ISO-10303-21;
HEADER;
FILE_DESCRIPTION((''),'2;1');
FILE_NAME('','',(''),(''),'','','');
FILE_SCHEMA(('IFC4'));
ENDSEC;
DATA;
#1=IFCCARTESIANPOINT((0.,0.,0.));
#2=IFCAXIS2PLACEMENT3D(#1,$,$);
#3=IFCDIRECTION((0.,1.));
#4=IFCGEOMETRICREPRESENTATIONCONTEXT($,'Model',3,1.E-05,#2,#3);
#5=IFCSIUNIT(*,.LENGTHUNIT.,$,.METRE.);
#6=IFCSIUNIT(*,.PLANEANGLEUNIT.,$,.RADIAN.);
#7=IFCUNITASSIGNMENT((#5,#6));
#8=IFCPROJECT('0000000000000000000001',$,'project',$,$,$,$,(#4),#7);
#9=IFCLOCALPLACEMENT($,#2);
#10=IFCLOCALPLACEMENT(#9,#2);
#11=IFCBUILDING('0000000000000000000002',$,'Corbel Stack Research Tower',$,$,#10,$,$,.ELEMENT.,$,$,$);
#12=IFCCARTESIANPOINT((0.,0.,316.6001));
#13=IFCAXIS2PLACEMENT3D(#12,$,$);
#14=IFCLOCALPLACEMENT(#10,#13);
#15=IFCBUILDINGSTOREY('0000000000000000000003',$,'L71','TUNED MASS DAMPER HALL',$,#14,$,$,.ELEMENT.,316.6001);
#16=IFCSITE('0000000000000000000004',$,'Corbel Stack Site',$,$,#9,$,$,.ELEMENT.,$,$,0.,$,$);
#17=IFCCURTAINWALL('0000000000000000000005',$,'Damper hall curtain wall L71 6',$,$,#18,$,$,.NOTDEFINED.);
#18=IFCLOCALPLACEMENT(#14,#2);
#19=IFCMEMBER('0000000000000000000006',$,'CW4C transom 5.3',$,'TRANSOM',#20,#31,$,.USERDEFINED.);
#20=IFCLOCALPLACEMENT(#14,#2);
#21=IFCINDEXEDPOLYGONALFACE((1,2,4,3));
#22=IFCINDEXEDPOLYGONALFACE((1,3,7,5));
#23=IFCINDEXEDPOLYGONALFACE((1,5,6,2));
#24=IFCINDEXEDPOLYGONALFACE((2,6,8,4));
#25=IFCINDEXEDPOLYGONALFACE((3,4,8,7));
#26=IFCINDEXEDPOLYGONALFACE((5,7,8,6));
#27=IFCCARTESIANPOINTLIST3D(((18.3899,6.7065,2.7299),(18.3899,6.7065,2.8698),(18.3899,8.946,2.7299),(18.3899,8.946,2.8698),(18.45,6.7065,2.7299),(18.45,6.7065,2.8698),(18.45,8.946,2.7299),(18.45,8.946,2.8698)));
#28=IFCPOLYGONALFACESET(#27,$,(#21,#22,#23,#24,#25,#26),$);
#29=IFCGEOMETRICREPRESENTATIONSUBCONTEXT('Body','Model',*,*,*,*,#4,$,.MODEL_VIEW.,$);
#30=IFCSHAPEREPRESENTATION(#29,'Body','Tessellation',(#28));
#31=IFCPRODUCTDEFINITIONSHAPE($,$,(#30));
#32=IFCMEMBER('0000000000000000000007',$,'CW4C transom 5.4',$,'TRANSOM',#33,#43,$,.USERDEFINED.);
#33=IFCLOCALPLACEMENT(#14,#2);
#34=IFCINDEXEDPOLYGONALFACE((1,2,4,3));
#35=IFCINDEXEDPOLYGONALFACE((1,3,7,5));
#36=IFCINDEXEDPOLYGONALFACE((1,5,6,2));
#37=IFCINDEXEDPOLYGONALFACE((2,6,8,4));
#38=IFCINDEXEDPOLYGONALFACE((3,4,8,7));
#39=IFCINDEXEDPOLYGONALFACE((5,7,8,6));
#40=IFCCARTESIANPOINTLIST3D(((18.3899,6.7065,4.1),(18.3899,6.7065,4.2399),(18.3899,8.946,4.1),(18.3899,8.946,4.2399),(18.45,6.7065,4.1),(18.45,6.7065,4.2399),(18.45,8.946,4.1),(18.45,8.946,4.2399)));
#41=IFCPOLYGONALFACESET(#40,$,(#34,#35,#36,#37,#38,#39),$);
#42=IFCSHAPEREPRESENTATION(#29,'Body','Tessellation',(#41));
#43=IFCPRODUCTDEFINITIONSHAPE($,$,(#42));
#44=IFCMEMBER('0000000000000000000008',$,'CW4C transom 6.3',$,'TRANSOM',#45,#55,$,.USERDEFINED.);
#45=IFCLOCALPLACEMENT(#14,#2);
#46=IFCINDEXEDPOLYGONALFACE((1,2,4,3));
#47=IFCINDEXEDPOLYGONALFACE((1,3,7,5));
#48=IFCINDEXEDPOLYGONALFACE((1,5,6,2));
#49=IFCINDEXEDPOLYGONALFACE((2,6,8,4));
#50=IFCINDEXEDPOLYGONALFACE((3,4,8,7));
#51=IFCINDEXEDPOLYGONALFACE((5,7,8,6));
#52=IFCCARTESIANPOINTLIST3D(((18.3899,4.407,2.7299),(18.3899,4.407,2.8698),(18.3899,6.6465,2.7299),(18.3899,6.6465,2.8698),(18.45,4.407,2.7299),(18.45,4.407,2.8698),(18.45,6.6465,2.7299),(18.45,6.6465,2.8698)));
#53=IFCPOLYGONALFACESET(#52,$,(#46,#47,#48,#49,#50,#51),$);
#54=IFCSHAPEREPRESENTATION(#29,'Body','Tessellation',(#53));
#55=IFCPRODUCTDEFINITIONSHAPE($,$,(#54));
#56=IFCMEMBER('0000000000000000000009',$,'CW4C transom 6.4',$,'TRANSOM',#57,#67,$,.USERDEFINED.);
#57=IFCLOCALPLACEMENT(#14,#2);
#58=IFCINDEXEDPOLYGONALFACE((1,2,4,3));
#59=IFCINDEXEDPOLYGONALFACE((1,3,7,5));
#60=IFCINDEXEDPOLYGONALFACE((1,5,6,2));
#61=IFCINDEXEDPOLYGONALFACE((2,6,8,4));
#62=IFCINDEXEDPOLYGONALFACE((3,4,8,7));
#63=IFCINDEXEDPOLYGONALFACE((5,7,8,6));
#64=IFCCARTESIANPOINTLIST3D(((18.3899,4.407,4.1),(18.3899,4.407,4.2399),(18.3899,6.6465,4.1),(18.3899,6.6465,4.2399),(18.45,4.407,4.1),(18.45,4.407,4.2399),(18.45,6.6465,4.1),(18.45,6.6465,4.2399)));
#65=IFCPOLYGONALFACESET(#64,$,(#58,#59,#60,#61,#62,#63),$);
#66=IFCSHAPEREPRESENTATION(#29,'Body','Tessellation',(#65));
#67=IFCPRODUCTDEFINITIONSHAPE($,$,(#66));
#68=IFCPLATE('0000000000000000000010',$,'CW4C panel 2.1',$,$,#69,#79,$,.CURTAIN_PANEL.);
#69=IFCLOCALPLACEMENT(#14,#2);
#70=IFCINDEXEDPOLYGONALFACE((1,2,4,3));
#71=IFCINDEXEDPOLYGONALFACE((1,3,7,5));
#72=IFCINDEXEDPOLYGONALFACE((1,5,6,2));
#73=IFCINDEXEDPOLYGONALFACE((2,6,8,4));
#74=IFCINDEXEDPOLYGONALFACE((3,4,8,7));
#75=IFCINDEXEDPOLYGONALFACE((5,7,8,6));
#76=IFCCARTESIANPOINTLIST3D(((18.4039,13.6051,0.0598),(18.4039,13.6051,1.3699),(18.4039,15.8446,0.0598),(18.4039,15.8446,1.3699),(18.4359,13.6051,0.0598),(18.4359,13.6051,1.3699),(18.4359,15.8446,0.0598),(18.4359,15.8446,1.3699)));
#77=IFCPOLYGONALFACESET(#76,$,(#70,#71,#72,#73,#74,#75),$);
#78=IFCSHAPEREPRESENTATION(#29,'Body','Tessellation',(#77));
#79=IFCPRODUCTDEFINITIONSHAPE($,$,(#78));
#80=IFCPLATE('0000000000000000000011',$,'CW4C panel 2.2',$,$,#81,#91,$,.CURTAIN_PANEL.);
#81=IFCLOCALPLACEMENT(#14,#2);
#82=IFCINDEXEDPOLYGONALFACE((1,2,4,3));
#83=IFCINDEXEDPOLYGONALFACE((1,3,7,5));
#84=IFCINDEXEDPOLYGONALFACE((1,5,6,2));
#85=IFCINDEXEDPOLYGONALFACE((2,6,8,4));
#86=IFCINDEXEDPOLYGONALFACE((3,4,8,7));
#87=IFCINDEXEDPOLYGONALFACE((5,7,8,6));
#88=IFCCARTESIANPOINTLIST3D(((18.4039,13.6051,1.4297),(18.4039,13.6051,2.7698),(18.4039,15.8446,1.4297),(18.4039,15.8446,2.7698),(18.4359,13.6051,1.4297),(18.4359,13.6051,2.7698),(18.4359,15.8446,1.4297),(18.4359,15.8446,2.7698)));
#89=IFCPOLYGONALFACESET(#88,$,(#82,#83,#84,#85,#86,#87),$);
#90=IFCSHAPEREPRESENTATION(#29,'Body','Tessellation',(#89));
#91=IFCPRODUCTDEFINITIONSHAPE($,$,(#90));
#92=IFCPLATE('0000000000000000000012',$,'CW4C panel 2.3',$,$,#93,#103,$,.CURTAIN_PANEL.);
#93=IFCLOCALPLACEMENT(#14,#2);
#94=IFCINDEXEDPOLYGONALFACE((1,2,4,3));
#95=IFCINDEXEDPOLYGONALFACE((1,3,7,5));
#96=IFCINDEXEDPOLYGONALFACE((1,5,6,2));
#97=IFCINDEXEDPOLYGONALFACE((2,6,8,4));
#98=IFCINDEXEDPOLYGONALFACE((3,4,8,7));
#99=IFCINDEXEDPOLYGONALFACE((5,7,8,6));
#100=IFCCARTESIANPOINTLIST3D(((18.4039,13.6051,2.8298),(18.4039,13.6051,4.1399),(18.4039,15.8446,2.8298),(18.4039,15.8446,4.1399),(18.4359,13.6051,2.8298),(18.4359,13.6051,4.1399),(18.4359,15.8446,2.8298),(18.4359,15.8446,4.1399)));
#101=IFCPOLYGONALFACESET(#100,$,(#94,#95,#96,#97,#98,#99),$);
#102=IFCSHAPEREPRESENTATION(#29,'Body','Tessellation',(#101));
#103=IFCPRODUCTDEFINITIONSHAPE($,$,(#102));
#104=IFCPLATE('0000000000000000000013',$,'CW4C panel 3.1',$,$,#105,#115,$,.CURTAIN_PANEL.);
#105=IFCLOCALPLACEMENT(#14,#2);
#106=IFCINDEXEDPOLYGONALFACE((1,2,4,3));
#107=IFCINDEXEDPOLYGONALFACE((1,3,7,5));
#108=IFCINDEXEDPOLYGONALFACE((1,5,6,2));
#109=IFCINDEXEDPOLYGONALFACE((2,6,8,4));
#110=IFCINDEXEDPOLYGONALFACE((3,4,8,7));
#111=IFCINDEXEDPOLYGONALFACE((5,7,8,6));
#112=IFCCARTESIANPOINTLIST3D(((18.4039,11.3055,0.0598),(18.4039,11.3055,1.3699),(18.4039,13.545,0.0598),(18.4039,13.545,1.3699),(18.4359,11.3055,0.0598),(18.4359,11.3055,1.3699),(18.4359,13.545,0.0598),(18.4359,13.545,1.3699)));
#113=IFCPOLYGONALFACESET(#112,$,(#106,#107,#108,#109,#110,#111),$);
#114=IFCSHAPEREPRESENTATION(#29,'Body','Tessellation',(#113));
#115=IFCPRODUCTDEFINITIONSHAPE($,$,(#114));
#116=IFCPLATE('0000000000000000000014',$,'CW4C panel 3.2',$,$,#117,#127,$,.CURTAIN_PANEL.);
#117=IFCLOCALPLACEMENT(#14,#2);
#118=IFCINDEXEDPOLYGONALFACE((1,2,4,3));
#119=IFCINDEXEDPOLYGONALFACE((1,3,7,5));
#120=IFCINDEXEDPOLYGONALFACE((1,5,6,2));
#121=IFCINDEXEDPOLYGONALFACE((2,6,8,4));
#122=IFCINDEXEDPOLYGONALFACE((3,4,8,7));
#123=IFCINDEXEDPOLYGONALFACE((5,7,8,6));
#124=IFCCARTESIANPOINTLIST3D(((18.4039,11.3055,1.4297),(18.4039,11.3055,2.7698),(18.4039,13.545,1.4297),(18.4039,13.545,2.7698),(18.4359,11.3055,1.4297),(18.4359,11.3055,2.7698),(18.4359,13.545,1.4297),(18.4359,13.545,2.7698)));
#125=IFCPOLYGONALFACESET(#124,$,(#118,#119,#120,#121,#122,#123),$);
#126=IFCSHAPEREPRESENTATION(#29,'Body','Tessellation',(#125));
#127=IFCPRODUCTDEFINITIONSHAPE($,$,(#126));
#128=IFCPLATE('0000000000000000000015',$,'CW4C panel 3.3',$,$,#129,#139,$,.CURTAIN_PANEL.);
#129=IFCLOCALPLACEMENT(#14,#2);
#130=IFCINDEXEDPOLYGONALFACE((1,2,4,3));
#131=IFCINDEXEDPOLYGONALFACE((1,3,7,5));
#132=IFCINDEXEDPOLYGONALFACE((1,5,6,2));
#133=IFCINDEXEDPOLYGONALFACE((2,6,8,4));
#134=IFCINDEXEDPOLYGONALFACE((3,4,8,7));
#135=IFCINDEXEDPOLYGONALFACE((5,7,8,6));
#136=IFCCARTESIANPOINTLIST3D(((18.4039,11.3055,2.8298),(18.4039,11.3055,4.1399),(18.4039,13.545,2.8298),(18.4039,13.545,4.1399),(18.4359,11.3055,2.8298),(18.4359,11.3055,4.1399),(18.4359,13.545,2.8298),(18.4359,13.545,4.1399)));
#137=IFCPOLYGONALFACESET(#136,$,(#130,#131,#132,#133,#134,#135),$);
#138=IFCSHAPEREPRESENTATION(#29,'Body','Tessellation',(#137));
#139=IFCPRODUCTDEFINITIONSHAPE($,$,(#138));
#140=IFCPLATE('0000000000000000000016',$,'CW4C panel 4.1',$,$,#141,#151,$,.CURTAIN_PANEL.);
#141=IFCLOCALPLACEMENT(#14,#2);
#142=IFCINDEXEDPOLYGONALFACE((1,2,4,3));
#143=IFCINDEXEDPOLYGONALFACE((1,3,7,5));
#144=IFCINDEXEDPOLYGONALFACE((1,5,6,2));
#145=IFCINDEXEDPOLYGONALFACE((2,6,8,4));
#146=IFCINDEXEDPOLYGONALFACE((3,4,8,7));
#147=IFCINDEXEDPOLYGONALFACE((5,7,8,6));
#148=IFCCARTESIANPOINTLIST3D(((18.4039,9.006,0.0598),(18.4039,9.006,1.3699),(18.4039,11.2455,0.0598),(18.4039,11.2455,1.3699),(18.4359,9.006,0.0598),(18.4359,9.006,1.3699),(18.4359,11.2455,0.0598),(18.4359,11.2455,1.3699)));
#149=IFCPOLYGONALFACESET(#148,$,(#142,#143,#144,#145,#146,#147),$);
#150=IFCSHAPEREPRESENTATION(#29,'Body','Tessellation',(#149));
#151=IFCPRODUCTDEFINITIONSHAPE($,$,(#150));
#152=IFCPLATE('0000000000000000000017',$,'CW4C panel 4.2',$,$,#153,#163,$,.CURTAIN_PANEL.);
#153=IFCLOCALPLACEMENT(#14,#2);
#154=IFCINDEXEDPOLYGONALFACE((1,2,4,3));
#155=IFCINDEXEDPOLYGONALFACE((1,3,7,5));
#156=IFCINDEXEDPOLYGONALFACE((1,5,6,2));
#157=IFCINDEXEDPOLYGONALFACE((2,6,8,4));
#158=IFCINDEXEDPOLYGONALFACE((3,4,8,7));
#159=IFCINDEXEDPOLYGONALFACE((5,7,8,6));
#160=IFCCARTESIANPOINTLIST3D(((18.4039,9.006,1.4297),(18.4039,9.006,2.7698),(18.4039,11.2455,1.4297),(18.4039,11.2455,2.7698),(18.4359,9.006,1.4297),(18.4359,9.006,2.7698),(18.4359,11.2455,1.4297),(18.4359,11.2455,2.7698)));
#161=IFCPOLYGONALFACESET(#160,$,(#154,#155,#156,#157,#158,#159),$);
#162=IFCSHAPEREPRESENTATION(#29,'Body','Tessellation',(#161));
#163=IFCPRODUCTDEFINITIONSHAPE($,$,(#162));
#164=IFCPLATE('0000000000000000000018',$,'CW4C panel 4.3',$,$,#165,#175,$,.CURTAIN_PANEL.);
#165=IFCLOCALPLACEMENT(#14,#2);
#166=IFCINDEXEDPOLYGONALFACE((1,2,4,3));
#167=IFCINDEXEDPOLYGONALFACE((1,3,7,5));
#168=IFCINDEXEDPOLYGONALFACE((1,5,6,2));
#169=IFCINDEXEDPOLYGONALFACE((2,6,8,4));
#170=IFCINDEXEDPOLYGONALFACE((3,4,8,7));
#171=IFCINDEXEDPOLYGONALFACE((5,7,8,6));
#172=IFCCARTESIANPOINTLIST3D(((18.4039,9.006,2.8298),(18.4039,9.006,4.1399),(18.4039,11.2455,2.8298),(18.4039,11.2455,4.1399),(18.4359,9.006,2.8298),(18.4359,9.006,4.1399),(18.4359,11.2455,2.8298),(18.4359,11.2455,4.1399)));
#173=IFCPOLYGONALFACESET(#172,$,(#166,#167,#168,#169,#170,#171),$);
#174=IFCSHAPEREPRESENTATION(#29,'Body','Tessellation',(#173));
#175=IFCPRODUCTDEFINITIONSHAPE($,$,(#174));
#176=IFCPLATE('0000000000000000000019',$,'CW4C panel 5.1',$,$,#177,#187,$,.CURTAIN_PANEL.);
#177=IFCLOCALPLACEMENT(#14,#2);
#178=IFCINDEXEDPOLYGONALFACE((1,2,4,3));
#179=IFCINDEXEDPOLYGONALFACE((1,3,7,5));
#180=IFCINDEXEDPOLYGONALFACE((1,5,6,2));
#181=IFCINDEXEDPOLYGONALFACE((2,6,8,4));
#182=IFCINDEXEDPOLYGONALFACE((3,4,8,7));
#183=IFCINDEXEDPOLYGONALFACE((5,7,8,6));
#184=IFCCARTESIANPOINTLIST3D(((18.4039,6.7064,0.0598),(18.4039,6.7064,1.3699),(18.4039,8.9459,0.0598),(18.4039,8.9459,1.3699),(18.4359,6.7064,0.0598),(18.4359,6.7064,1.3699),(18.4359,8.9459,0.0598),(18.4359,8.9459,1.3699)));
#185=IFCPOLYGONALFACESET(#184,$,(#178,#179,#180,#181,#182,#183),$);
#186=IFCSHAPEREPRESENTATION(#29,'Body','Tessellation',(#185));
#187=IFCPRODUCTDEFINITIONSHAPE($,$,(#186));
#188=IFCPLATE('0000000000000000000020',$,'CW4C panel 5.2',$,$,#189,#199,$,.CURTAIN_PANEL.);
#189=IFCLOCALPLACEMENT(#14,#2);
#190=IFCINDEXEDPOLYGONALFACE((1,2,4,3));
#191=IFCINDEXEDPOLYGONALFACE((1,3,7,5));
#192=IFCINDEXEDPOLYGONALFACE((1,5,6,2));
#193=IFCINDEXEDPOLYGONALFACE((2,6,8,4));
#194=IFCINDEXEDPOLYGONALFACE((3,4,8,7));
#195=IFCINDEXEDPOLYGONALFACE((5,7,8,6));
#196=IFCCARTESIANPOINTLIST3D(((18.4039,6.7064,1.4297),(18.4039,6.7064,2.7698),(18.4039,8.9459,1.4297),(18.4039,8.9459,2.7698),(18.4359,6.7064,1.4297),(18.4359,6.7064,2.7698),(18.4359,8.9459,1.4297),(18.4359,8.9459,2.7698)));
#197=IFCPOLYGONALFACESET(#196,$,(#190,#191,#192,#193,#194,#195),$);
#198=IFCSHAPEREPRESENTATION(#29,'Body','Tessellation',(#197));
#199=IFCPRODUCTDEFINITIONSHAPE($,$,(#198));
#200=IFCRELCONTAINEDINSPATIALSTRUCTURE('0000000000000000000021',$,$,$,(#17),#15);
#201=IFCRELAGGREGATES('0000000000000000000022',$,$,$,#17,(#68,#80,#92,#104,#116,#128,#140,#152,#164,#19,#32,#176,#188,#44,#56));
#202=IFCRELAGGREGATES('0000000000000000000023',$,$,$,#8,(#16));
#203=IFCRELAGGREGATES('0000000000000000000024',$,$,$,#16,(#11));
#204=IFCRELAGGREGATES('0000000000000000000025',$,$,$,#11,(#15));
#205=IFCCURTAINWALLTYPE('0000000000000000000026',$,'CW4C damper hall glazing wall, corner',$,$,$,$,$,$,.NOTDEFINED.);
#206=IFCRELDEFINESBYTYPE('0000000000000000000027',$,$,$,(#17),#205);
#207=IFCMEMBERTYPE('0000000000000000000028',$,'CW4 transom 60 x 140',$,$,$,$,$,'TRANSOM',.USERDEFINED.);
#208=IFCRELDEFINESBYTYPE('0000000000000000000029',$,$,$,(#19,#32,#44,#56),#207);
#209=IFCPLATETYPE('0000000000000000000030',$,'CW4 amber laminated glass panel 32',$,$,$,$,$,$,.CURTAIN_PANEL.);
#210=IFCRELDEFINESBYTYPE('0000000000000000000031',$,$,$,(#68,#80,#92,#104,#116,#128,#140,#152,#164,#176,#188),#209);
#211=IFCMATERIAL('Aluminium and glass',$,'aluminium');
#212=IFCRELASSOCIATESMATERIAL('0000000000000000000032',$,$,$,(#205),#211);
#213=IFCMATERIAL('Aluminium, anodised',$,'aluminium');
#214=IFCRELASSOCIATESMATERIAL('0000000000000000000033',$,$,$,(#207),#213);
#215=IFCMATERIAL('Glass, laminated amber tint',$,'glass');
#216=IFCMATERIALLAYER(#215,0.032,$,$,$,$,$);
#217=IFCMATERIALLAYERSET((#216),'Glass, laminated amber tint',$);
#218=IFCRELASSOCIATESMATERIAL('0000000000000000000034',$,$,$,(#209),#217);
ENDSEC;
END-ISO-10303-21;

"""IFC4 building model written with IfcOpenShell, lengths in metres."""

from ifc_helpers import new_model, si_unit, direction, frame, origin, origin_2d, place, context, subcontext, project, spatial, rectangle, extrude, material, layer, layer_set, material_profile, profile_set, type_object, element, aggregate, save


model = new_model("IFC4")

# Units and contexts
model_context = context("Model", 3, precision=1e-05, world=origin(), true_north=direction((0.0, 1.0)))
body_context = subcontext(model_context, "Body", "Model", "MODEL_VIEW")
ifc_project = project(units=[si_unit("LENGTHUNIT", "METRE"), si_unit("PLANEANGLEUNIT", "RADIAN")], contexts=[model_context])

# Site, building, storey
site_placement = place(None, origin())
site = spatial("IfcSite", under=ifc_project, at=site_placement, Name="Corbel Stack Site", CompositionType="ELEMENT", RefElevation=0.0)
building_placement = place(site_placement, origin())
building = spatial("IfcBuilding", under=site, at=building_placement, Name="Corbel Stack Research Tower", CompositionType="ELEMENT")
storey_placement = place(building_placement, frame((0.0, 0.0, 316.6001)))
storey = spatial("IfcBuildingStorey", under=building, at=storey_placement, Name="L71", Description="TUNED MASS DAMPER HALL", CompositionType="ELEMENT", Elevation=316.6001)

# Curtain wall, members, plates
ifc_material_1 = material(Name="Aluminium and glass", Category="aluminium")
curtain_wall_type = type_object("IfcCurtainWallType", Name="CW4C damper hall glazing wall, corner", PredefinedType="NOTDEFINED", material=ifc_material_1)
curtain_wall_placement = place(storey_placement, origin())
curtain_wall = element("IfcCurtainWall", 1, at=curtain_wall_placement, inside=storey, type_object=curtain_wall_type, Name="Damper hall curtain wall L71 6", PredefinedType="NOTDEFINED")
ifc_material_2 = material(Name="Aluminium, anodised", Category="aluminium")
ifc_material_profile_1 = material_profile(ifc_material_2, rectangle(XDim=0.0601, YDim=0.1399, at=origin_2d()), Name="CW4 transom 60 x 140")
ifc_profile_set_1 = profile_set([ifc_material_profile_1], Name="Aluminium, anodised")
member_type_1 = type_object("IfcMemberType", Name="CW4 transom 60 x 140", ElementType="TRANSOM", PredefinedType="USERDEFINED", material=ifc_profile_set_1)
member_1_placement = place(storey_placement, frame((18.4199, 8.946, 2.7998), z_axis=(0.0, -1.0, 0.0), x_axis=(1.0, 0.0, 0.0)))
member_1 = element("IfcMember", 2, at=member_1_placement, type_object=member_type_1, Name="CW4C transom 5.3", ObjectType="TRANSOM", PredefinedType="USERDEFINED", context=body_context, shape_type="SweptSolid", body=[
    extrude(rectangle(XDim=0.0601, YDim=0.1399, at=origin_2d()), origin(), (0.0, 0.0, 1.0), 2.2395),
])
member_2_placement = place(storey_placement, frame((18.4199, 8.946, 4.1699), z_axis=(0.0, -1.0, 0.0), x_axis=(1.0, 0.0, 0.0)))
member_2 = element("IfcMember", 3, at=member_2_placement, type_object=member_type_1, Name="CW4C transom 5.4", ObjectType="TRANSOM", PredefinedType="USERDEFINED", context=body_context, shape_type="SweptSolid", body=[
    extrude(rectangle(XDim=0.0601, YDim=0.1399, at=origin_2d()), origin(), (0.0, 0.0, 1.0), 2.2395),
])
member_3_placement = place(storey_placement, frame((18.4199, 6.6465, 2.7998), z_axis=(0.0, -1.0, 0.0), x_axis=(1.0, 0.0, 0.0)))
member_3 = element("IfcMember", 4, at=member_3_placement, type_object=member_type_1, Name="CW4C transom 6.3", ObjectType="TRANSOM", PredefinedType="USERDEFINED", context=body_context, shape_type="SweptSolid", body=[
    extrude(rectangle(XDim=0.0601, YDim=0.1399, at=origin_2d()), origin(), (0.0, 0.0, 1.0), 2.2395),
])
member_4_placement = place(storey_placement, frame((18.4199, 6.6465, 4.1699), z_axis=(0.0, -1.0, 0.0), x_axis=(1.0, 0.0, 0.0)))
member_4 = element("IfcMember", 5, at=member_4_placement, type_object=member_type_1, Name="CW4C transom 6.4", ObjectType="TRANSOM", PredefinedType="USERDEFINED", context=body_context, shape_type="SweptSolid", body=[
    extrude(rectangle(XDim=0.0601, YDim=0.1399, at=origin_2d()), origin(), (0.0, 0.0, 1.0), 2.2395),
])
ifc_material_3 = material(Name="Glass, laminated amber tint", Category="glass")
ifc_layer_1 = layer(ifc_material_3, 0.032)
ifc_layer_set_1 = layer_set([ifc_layer_1], Name="Glass, laminated amber tint")
plate_type = type_object("IfcPlateType", Name="CW4 amber laminated glass panel 32", PredefinedType="CURTAIN_PANEL", material=ifc_layer_set_1)
plate_1_placement = place(storey_placement, frame((18.4199, 14.7249, 0.0598), z_axis=(0.0, 0.0, 1.0), x_axis=(0.0, -1.0, 0.0)))
plate_1 = element("IfcPlate", 6, at=plate_1_placement, type_object=plate_type, Name="CW4C panel 2.1", PredefinedType="CURTAIN_PANEL", context=body_context, shape_type="SweptSolid", body=[
    extrude(rectangle(XDim=2.2395, YDim=0.032, at=origin_2d()), origin(), (0.0, 0.0, 1.0), 1.3101),
])
plate_2_placement = place(storey_placement, frame((18.4199, 14.7249, 1.4297), z_axis=(0.0, 0.0, 1.0), x_axis=(0.0, -1.0, 0.0)))
plate_2 = element("IfcPlate", 7, at=plate_2_placement, type_object=plate_type, Name="CW4C panel 2.2", PredefinedType="CURTAIN_PANEL", context=body_context, shape_type="SweptSolid", body=[
    extrude(rectangle(XDim=2.2395, YDim=0.032, at=origin_2d()), origin(), (0.0, 0.0, 1.0), 1.3401),
])
plate_3_placement = place(storey_placement, frame((18.4199, 14.7249, 2.8298), z_axis=(0.0, 0.0, 1.0), x_axis=(0.0, -1.0, 0.0)))
plate_3 = element("IfcPlate", 8, at=plate_3_placement, type_object=plate_type, Name="CW4C panel 2.3", PredefinedType="CURTAIN_PANEL", context=body_context, shape_type="SweptSolid", body=[
    extrude(rectangle(XDim=2.2395, YDim=0.032, at=origin_2d()), origin(), (0.0, 0.0, 1.0), 1.3101),
])
plate_4_placement = place(storey_placement, frame((18.4199, 12.4253, 0.0598), z_axis=(0.0, 0.0, 1.0), x_axis=(0.0, -1.0, 0.0)))
plate_4 = element("IfcPlate", 9, at=plate_4_placement, type_object=plate_type, Name="CW4C panel 3.1", PredefinedType="CURTAIN_PANEL", context=body_context, shape_type="SweptSolid", body=[
    extrude(rectangle(XDim=2.2395, YDim=0.032, at=origin_2d()), origin(), (0.0, 0.0, 1.0), 1.3101),
])
plate_5_placement = place(storey_placement, frame((18.4199, 12.4253, 1.4297), z_axis=(0.0, 0.0, 1.0), x_axis=(0.0, -1.0, 0.0)))
plate_5 = element("IfcPlate", 10, at=plate_5_placement, type_object=plate_type, Name="CW4C panel 3.2", PredefinedType="CURTAIN_PANEL", context=body_context, shape_type="SweptSolid", body=[
    extrude(rectangle(XDim=2.2395, YDim=0.032, at=origin_2d()), origin(), (0.0, 0.0, 1.0), 1.3401),
])
plate_6_placement = place(storey_placement, frame((18.4199, 12.4253, 2.8298), z_axis=(0.0, 0.0, 1.0), x_axis=(0.0, -1.0, 0.0)))
plate_6 = element("IfcPlate", 11, at=plate_6_placement, type_object=plate_type, Name="CW4C panel 3.3", PredefinedType="CURTAIN_PANEL", context=body_context, shape_type="SweptSolid", body=[
    extrude(rectangle(XDim=2.2395, YDim=0.032, at=origin_2d()), origin(), (0.0, 0.0, 1.0), 1.3101),
])
plate_7_placement = place(storey_placement, frame((18.4199, 10.1257, 0.0598), z_axis=(0.0, 0.0, 1.0), x_axis=(0.0, -1.0, 0.0)))
plate_7 = element("IfcPlate", 12, at=plate_7_placement, type_object=plate_type, Name="CW4C panel 4.1", PredefinedType="CURTAIN_PANEL", context=body_context, shape_type="SweptSolid", body=[
    extrude(rectangle(XDim=2.2395, YDim=0.032, at=origin_2d()), origin(), (0.0, 0.0, 1.0), 1.3101),
])
plate_8_placement = place(storey_placement, frame((18.4199, 10.1257, 1.4297), z_axis=(0.0, 0.0, 1.0), x_axis=(0.0, -1.0, 0.0)))
plate_8 = element("IfcPlate", 13, at=plate_8_placement, type_object=plate_type, Name="CW4C panel 4.2", PredefinedType="CURTAIN_PANEL", context=body_context, shape_type="SweptSolid", body=[
    extrude(rectangle(XDim=2.2395, YDim=0.032, at=origin_2d()), origin(), (0.0, 0.0, 1.0), 1.3401),
])
plate_9_placement = place(storey_placement, frame((18.4199, 10.1257, 2.8298), z_axis=(0.0, 0.0, 1.0), x_axis=(0.0, -1.0, 0.0)))
plate_9 = element("IfcPlate", 14, at=plate_9_placement, type_object=plate_type, Name="CW4C panel 4.3", PredefinedType="CURTAIN_PANEL", context=body_context, shape_type="SweptSolid", body=[
    extrude(rectangle(XDim=2.2395, YDim=0.032, at=origin_2d()), origin(), (0.0, 0.0, 1.0), 1.3101),
])
plate_10_placement = place(storey_placement, frame((18.4199, 7.8262, 0.0598), z_axis=(0.0, 0.0, 1.0), x_axis=(0.0, -1.0, 0.0)))
plate_10 = element("IfcPlate", 15, at=plate_10_placement, type_object=plate_type, Name="CW4C panel 5.1", PredefinedType="CURTAIN_PANEL", context=body_context, shape_type="SweptSolid", body=[
    extrude(rectangle(XDim=2.2395, YDim=0.032, at=origin_2d()), origin(), (0.0, 0.0, 1.0), 1.3101),
])
plate_11_placement = place(storey_placement, frame((18.4199, 7.8262, 1.4297), z_axis=(0.0, 0.0, 1.0), x_axis=(0.0, -1.0, 0.0)))
plate_11 = element("IfcPlate", 16, at=plate_11_placement, type_object=plate_type, Name="CW4C panel 5.2", PredefinedType="CURTAIN_PANEL", context=body_context, shape_type="SweptSolid", body=[
    extrude(rectangle(XDim=2.2395, YDim=0.032, at=origin_2d()), origin(), (0.0, 0.0, 1.0), 1.3401),
])
aggregate(curtain_wall, [plate_1, plate_2, plate_3, plate_4, plate_5, plate_6, plate_7, plate_8, plate_9, member_1, member_2, plate_10, plate_11, member_3, member_4])

save(model, "model.ifc")
